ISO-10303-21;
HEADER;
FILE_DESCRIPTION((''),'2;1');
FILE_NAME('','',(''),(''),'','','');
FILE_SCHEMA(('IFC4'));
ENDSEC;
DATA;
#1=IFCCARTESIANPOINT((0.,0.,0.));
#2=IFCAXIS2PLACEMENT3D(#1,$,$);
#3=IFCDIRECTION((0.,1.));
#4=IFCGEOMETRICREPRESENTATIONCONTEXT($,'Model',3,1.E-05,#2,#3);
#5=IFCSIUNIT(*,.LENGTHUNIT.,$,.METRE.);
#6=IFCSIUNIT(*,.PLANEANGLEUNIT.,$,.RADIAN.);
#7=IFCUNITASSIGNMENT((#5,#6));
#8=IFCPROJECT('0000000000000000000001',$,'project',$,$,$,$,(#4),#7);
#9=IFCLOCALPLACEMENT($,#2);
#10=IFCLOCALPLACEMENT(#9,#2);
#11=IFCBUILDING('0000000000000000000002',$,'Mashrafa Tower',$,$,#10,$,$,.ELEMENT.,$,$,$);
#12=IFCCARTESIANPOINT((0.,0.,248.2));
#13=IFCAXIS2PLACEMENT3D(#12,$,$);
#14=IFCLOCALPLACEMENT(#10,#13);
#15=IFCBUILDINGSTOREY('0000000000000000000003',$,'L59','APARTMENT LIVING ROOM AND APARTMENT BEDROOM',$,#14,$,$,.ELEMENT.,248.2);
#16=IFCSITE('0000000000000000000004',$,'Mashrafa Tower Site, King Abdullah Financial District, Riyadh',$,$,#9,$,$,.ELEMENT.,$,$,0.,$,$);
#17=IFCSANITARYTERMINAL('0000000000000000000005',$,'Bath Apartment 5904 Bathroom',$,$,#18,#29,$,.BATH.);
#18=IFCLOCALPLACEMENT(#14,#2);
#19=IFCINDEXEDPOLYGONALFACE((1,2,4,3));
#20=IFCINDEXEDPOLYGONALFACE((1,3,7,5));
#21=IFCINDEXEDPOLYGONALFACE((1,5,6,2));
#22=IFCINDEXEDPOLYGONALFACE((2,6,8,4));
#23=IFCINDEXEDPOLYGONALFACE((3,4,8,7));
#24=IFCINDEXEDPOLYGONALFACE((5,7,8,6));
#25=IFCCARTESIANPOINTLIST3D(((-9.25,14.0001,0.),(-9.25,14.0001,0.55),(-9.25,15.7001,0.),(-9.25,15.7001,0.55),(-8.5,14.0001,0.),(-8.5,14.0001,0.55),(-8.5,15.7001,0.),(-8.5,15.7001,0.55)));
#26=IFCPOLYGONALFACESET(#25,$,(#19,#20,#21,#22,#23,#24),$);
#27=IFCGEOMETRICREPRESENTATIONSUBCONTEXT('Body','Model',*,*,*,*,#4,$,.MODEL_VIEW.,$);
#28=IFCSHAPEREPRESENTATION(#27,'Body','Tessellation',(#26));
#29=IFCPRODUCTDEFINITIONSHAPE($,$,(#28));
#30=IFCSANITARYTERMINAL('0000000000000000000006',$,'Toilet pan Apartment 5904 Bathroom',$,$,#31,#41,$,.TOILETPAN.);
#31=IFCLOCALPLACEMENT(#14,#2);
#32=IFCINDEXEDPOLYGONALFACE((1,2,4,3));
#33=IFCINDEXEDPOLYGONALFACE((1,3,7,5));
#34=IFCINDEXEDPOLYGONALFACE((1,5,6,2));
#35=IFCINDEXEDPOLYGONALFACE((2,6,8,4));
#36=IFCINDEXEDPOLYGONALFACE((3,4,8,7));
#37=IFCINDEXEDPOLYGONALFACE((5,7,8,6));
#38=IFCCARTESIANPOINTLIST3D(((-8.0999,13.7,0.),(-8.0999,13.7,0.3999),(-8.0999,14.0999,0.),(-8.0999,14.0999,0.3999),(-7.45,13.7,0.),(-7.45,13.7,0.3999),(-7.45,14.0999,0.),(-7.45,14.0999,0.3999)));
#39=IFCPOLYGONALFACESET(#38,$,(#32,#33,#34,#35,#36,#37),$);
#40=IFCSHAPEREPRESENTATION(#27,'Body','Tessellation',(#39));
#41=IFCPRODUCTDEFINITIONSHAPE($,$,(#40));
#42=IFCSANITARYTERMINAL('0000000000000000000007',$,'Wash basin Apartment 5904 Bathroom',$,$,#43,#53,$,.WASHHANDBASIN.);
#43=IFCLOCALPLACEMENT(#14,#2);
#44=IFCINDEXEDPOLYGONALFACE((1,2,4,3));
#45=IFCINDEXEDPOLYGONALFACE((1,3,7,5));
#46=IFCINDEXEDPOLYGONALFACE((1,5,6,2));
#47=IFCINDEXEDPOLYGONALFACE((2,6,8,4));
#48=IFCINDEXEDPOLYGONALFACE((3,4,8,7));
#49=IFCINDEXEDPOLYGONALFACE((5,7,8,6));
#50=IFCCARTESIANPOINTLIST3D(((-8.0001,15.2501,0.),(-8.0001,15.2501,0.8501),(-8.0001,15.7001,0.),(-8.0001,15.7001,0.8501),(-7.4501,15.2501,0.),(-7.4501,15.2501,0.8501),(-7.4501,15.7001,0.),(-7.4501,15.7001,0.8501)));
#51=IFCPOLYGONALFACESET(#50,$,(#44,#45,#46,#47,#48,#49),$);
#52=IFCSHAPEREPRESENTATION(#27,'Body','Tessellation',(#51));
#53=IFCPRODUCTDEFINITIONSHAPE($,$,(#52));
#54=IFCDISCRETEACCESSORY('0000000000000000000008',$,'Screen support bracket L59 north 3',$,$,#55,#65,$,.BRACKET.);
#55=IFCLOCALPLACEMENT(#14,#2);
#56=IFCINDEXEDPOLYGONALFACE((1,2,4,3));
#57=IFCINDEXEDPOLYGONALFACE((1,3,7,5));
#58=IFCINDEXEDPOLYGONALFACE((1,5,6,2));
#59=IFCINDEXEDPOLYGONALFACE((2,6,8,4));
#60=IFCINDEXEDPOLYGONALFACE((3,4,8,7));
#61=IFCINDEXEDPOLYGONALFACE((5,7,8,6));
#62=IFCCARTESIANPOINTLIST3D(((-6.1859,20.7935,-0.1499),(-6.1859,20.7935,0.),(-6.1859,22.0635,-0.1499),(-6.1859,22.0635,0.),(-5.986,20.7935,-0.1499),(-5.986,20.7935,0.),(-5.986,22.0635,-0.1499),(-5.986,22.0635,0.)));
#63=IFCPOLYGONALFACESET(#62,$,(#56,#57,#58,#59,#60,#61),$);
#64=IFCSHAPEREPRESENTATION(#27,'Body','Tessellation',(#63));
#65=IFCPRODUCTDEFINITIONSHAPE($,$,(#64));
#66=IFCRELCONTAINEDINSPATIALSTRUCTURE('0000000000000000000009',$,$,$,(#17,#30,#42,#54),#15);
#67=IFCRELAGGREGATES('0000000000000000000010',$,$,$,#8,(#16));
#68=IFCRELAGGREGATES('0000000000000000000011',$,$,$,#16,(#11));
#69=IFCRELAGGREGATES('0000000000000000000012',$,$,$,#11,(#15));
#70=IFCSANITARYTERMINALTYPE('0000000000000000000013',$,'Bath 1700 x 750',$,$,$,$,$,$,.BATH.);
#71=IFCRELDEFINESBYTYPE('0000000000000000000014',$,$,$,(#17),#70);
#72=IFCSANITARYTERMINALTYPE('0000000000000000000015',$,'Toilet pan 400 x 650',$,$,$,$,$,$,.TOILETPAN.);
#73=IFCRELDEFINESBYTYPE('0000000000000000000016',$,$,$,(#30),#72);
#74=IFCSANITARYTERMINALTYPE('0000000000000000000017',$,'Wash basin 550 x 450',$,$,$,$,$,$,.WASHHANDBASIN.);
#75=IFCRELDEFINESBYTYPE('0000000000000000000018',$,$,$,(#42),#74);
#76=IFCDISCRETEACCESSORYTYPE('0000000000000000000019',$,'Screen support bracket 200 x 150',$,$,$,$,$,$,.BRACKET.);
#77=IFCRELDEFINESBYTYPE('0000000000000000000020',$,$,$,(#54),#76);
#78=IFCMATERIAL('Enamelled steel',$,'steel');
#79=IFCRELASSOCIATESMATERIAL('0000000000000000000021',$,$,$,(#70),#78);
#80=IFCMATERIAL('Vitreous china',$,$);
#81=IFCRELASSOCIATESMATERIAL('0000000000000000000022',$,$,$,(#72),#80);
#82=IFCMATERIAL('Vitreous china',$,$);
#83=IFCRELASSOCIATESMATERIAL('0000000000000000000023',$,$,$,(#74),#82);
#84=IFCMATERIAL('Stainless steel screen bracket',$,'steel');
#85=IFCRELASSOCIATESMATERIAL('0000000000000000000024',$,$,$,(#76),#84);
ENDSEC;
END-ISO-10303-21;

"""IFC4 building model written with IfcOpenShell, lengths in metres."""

from ifc_helpers import new_model, si_unit, direction, frame, origin, origin_2d, place, context, subcontext, project, spatial, rectangle, extrude, source, transform, mapped, material, type_object, type_shapes, element, save


model = new_model("IFC4")

# Units and contexts
model_context = context("Model", 3, precision=1e-05, world=origin(), true_north=direction((0.0, 1.0)))
body_context = subcontext(model_context, "Body", "Model", "MODEL_VIEW")
ifc_project = project(units=[si_unit("LENGTHUNIT", "METRE"), si_unit("PLANEANGLEUNIT", "RADIAN")], contexts=[model_context])

# Site, building, storey
site_placement = place(None, origin())
site = spatial("IfcSite", under=ifc_project, at=site_placement, Name="Mashrafa Tower Site, King Abdullah Financial District, Riyadh", CompositionType="ELEMENT", RefElevation=0.0)
building_placement = place(site_placement, origin())
building = spatial("IfcBuilding", under=site, at=building_placement, Name="Mashrafa Tower", CompositionType="ELEMENT")
storey_placement = place(building_placement, frame((0.0, 0.0, 248.2)))
storey = spatial("IfcBuildingStorey", under=building, at=storey_placement, Name="L59", Description="APARTMENT LIVING ROOM AND APARTMENT BEDROOM", CompositionType="ELEMENT", Elevation=248.2)

# Sanitary terminals
ifc_material_1 = material(Name="Enamelled steel", Category="steel")
sanitary_terminal_type_1 = type_object("IfcSanitaryTerminalType", Name="Bath 1700 x 750", PredefinedType="BATH", material=ifc_material_1)
for number, where, z_axis, x_axis, name in (
    (1, (-8.875, 14.8501, 0.0), (0.0, 0.0, 1.0), (0.0, -1.0, 0.0), "Bath Apartment 5904 Bathroom"),
):
    element("IfcSanitaryTerminal", number, at=place(storey_placement, frame(where, z_axis=z_axis, x_axis=x_axis)), inside=storey, type_object=sanitary_terminal_type_1, Name=name, PredefinedType="BATH", context=body_context, shape_type="SweptSolid", body=[
        extrude(rectangle(XDim=1.7, YDim=0.75, at=origin_2d()), origin(), (0.0, 0.0, 1.0), 0.55),
    ])
ifc_material_2 = material(Name="Vitreous china")
sanitary_terminal_type_2 = type_object("IfcSanitaryTerminalType", Name="Toilet pan 400 x 650", PredefinedType="TOILETPAN", material=ifc_material_2)
sanitary_terminal_1_placement = place(storey_placement, frame((-7.7749, 13.8999, 0.0), z_axis=(0.0, 0.0, 1.0), x_axis=(0.0, 1.0, 0.0)))
element("IfcSanitaryTerminal", 2, at=sanitary_terminal_1_placement, inside=storey, type_object=sanitary_terminal_type_2, Name="Toilet pan Apartment 5904 Bathroom", PredefinedType="TOILETPAN", context=body_context, shape_type="SweptSolid", body=[
    extrude(rectangle(XDim=0.3999, YDim=0.6499, at=origin_2d()), origin(), (0.0, 0.0, 1.0), 0.3999),
])
ifc_material_3 = material(Name="Vitreous china")
sanitary_terminal_type_3 = type_object("IfcSanitaryTerminalType", Name="Wash basin 550 x 450", PredefinedType="WASHHANDBASIN", material=ifc_material_3)
sanitary_terminal_2_placement = place(storey_placement, frame((-7.7251, 15.4751, 0.0), z_axis=(0.0, 0.0, 1.0), x_axis=(-1.0, 0.0, 0.0)))
element("IfcSanitaryTerminal", 3, at=sanitary_terminal_2_placement, inside=storey, type_object=sanitary_terminal_type_3, Name="Wash basin Apartment 5904 Bathroom", PredefinedType="WASHHANDBASIN", context=body_context, shape_type="SweptSolid", body=[
    extrude(rectangle(XDim=0.55, YDim=0.45, at=origin_2d()), origin(), (0.0, 0.0, 1.0), 0.8501),
])

# Discrete accessory
ifc_material_4 = material(Name="Stainless steel screen bracket", Category="steel")
discrete_accessory_type = type_object("IfcDiscreteAccessoryType", Name="Screen support bracket 200 x 150", PredefinedType="BRACKET", material=ifc_material_4)
shared_shape_1 = source(origin(), body_context, "Body", "SweptSolid", [
    extrude(rectangle(XDim=0.2, YDim=1.27, at=origin_2d()), origin(), (0.0, 0.0, 1.0), 0.1499),
])
type_shapes(discrete_accessory_type, [shared_shape_1])
discrete_accessory_placement = place(storey_placement, frame((-6.0859, 21.4285, -0.1499), z_axis=(0.0, 0.0, 1.0), x_axis=(-1.0, 0.0, 0.0)))
element("IfcDiscreteAccessory", 4, at=discrete_accessory_placement, inside=storey, type_object=discrete_accessory_type, Name="Screen support bracket L59 north 3", PredefinedType="BRACKET", context=body_context, shape_type="MappedRepresentation", body=[
    mapped(shared_shape_1, transform((0.0, 0.0, 0.0))),
])

save(model, "model.ifc")
